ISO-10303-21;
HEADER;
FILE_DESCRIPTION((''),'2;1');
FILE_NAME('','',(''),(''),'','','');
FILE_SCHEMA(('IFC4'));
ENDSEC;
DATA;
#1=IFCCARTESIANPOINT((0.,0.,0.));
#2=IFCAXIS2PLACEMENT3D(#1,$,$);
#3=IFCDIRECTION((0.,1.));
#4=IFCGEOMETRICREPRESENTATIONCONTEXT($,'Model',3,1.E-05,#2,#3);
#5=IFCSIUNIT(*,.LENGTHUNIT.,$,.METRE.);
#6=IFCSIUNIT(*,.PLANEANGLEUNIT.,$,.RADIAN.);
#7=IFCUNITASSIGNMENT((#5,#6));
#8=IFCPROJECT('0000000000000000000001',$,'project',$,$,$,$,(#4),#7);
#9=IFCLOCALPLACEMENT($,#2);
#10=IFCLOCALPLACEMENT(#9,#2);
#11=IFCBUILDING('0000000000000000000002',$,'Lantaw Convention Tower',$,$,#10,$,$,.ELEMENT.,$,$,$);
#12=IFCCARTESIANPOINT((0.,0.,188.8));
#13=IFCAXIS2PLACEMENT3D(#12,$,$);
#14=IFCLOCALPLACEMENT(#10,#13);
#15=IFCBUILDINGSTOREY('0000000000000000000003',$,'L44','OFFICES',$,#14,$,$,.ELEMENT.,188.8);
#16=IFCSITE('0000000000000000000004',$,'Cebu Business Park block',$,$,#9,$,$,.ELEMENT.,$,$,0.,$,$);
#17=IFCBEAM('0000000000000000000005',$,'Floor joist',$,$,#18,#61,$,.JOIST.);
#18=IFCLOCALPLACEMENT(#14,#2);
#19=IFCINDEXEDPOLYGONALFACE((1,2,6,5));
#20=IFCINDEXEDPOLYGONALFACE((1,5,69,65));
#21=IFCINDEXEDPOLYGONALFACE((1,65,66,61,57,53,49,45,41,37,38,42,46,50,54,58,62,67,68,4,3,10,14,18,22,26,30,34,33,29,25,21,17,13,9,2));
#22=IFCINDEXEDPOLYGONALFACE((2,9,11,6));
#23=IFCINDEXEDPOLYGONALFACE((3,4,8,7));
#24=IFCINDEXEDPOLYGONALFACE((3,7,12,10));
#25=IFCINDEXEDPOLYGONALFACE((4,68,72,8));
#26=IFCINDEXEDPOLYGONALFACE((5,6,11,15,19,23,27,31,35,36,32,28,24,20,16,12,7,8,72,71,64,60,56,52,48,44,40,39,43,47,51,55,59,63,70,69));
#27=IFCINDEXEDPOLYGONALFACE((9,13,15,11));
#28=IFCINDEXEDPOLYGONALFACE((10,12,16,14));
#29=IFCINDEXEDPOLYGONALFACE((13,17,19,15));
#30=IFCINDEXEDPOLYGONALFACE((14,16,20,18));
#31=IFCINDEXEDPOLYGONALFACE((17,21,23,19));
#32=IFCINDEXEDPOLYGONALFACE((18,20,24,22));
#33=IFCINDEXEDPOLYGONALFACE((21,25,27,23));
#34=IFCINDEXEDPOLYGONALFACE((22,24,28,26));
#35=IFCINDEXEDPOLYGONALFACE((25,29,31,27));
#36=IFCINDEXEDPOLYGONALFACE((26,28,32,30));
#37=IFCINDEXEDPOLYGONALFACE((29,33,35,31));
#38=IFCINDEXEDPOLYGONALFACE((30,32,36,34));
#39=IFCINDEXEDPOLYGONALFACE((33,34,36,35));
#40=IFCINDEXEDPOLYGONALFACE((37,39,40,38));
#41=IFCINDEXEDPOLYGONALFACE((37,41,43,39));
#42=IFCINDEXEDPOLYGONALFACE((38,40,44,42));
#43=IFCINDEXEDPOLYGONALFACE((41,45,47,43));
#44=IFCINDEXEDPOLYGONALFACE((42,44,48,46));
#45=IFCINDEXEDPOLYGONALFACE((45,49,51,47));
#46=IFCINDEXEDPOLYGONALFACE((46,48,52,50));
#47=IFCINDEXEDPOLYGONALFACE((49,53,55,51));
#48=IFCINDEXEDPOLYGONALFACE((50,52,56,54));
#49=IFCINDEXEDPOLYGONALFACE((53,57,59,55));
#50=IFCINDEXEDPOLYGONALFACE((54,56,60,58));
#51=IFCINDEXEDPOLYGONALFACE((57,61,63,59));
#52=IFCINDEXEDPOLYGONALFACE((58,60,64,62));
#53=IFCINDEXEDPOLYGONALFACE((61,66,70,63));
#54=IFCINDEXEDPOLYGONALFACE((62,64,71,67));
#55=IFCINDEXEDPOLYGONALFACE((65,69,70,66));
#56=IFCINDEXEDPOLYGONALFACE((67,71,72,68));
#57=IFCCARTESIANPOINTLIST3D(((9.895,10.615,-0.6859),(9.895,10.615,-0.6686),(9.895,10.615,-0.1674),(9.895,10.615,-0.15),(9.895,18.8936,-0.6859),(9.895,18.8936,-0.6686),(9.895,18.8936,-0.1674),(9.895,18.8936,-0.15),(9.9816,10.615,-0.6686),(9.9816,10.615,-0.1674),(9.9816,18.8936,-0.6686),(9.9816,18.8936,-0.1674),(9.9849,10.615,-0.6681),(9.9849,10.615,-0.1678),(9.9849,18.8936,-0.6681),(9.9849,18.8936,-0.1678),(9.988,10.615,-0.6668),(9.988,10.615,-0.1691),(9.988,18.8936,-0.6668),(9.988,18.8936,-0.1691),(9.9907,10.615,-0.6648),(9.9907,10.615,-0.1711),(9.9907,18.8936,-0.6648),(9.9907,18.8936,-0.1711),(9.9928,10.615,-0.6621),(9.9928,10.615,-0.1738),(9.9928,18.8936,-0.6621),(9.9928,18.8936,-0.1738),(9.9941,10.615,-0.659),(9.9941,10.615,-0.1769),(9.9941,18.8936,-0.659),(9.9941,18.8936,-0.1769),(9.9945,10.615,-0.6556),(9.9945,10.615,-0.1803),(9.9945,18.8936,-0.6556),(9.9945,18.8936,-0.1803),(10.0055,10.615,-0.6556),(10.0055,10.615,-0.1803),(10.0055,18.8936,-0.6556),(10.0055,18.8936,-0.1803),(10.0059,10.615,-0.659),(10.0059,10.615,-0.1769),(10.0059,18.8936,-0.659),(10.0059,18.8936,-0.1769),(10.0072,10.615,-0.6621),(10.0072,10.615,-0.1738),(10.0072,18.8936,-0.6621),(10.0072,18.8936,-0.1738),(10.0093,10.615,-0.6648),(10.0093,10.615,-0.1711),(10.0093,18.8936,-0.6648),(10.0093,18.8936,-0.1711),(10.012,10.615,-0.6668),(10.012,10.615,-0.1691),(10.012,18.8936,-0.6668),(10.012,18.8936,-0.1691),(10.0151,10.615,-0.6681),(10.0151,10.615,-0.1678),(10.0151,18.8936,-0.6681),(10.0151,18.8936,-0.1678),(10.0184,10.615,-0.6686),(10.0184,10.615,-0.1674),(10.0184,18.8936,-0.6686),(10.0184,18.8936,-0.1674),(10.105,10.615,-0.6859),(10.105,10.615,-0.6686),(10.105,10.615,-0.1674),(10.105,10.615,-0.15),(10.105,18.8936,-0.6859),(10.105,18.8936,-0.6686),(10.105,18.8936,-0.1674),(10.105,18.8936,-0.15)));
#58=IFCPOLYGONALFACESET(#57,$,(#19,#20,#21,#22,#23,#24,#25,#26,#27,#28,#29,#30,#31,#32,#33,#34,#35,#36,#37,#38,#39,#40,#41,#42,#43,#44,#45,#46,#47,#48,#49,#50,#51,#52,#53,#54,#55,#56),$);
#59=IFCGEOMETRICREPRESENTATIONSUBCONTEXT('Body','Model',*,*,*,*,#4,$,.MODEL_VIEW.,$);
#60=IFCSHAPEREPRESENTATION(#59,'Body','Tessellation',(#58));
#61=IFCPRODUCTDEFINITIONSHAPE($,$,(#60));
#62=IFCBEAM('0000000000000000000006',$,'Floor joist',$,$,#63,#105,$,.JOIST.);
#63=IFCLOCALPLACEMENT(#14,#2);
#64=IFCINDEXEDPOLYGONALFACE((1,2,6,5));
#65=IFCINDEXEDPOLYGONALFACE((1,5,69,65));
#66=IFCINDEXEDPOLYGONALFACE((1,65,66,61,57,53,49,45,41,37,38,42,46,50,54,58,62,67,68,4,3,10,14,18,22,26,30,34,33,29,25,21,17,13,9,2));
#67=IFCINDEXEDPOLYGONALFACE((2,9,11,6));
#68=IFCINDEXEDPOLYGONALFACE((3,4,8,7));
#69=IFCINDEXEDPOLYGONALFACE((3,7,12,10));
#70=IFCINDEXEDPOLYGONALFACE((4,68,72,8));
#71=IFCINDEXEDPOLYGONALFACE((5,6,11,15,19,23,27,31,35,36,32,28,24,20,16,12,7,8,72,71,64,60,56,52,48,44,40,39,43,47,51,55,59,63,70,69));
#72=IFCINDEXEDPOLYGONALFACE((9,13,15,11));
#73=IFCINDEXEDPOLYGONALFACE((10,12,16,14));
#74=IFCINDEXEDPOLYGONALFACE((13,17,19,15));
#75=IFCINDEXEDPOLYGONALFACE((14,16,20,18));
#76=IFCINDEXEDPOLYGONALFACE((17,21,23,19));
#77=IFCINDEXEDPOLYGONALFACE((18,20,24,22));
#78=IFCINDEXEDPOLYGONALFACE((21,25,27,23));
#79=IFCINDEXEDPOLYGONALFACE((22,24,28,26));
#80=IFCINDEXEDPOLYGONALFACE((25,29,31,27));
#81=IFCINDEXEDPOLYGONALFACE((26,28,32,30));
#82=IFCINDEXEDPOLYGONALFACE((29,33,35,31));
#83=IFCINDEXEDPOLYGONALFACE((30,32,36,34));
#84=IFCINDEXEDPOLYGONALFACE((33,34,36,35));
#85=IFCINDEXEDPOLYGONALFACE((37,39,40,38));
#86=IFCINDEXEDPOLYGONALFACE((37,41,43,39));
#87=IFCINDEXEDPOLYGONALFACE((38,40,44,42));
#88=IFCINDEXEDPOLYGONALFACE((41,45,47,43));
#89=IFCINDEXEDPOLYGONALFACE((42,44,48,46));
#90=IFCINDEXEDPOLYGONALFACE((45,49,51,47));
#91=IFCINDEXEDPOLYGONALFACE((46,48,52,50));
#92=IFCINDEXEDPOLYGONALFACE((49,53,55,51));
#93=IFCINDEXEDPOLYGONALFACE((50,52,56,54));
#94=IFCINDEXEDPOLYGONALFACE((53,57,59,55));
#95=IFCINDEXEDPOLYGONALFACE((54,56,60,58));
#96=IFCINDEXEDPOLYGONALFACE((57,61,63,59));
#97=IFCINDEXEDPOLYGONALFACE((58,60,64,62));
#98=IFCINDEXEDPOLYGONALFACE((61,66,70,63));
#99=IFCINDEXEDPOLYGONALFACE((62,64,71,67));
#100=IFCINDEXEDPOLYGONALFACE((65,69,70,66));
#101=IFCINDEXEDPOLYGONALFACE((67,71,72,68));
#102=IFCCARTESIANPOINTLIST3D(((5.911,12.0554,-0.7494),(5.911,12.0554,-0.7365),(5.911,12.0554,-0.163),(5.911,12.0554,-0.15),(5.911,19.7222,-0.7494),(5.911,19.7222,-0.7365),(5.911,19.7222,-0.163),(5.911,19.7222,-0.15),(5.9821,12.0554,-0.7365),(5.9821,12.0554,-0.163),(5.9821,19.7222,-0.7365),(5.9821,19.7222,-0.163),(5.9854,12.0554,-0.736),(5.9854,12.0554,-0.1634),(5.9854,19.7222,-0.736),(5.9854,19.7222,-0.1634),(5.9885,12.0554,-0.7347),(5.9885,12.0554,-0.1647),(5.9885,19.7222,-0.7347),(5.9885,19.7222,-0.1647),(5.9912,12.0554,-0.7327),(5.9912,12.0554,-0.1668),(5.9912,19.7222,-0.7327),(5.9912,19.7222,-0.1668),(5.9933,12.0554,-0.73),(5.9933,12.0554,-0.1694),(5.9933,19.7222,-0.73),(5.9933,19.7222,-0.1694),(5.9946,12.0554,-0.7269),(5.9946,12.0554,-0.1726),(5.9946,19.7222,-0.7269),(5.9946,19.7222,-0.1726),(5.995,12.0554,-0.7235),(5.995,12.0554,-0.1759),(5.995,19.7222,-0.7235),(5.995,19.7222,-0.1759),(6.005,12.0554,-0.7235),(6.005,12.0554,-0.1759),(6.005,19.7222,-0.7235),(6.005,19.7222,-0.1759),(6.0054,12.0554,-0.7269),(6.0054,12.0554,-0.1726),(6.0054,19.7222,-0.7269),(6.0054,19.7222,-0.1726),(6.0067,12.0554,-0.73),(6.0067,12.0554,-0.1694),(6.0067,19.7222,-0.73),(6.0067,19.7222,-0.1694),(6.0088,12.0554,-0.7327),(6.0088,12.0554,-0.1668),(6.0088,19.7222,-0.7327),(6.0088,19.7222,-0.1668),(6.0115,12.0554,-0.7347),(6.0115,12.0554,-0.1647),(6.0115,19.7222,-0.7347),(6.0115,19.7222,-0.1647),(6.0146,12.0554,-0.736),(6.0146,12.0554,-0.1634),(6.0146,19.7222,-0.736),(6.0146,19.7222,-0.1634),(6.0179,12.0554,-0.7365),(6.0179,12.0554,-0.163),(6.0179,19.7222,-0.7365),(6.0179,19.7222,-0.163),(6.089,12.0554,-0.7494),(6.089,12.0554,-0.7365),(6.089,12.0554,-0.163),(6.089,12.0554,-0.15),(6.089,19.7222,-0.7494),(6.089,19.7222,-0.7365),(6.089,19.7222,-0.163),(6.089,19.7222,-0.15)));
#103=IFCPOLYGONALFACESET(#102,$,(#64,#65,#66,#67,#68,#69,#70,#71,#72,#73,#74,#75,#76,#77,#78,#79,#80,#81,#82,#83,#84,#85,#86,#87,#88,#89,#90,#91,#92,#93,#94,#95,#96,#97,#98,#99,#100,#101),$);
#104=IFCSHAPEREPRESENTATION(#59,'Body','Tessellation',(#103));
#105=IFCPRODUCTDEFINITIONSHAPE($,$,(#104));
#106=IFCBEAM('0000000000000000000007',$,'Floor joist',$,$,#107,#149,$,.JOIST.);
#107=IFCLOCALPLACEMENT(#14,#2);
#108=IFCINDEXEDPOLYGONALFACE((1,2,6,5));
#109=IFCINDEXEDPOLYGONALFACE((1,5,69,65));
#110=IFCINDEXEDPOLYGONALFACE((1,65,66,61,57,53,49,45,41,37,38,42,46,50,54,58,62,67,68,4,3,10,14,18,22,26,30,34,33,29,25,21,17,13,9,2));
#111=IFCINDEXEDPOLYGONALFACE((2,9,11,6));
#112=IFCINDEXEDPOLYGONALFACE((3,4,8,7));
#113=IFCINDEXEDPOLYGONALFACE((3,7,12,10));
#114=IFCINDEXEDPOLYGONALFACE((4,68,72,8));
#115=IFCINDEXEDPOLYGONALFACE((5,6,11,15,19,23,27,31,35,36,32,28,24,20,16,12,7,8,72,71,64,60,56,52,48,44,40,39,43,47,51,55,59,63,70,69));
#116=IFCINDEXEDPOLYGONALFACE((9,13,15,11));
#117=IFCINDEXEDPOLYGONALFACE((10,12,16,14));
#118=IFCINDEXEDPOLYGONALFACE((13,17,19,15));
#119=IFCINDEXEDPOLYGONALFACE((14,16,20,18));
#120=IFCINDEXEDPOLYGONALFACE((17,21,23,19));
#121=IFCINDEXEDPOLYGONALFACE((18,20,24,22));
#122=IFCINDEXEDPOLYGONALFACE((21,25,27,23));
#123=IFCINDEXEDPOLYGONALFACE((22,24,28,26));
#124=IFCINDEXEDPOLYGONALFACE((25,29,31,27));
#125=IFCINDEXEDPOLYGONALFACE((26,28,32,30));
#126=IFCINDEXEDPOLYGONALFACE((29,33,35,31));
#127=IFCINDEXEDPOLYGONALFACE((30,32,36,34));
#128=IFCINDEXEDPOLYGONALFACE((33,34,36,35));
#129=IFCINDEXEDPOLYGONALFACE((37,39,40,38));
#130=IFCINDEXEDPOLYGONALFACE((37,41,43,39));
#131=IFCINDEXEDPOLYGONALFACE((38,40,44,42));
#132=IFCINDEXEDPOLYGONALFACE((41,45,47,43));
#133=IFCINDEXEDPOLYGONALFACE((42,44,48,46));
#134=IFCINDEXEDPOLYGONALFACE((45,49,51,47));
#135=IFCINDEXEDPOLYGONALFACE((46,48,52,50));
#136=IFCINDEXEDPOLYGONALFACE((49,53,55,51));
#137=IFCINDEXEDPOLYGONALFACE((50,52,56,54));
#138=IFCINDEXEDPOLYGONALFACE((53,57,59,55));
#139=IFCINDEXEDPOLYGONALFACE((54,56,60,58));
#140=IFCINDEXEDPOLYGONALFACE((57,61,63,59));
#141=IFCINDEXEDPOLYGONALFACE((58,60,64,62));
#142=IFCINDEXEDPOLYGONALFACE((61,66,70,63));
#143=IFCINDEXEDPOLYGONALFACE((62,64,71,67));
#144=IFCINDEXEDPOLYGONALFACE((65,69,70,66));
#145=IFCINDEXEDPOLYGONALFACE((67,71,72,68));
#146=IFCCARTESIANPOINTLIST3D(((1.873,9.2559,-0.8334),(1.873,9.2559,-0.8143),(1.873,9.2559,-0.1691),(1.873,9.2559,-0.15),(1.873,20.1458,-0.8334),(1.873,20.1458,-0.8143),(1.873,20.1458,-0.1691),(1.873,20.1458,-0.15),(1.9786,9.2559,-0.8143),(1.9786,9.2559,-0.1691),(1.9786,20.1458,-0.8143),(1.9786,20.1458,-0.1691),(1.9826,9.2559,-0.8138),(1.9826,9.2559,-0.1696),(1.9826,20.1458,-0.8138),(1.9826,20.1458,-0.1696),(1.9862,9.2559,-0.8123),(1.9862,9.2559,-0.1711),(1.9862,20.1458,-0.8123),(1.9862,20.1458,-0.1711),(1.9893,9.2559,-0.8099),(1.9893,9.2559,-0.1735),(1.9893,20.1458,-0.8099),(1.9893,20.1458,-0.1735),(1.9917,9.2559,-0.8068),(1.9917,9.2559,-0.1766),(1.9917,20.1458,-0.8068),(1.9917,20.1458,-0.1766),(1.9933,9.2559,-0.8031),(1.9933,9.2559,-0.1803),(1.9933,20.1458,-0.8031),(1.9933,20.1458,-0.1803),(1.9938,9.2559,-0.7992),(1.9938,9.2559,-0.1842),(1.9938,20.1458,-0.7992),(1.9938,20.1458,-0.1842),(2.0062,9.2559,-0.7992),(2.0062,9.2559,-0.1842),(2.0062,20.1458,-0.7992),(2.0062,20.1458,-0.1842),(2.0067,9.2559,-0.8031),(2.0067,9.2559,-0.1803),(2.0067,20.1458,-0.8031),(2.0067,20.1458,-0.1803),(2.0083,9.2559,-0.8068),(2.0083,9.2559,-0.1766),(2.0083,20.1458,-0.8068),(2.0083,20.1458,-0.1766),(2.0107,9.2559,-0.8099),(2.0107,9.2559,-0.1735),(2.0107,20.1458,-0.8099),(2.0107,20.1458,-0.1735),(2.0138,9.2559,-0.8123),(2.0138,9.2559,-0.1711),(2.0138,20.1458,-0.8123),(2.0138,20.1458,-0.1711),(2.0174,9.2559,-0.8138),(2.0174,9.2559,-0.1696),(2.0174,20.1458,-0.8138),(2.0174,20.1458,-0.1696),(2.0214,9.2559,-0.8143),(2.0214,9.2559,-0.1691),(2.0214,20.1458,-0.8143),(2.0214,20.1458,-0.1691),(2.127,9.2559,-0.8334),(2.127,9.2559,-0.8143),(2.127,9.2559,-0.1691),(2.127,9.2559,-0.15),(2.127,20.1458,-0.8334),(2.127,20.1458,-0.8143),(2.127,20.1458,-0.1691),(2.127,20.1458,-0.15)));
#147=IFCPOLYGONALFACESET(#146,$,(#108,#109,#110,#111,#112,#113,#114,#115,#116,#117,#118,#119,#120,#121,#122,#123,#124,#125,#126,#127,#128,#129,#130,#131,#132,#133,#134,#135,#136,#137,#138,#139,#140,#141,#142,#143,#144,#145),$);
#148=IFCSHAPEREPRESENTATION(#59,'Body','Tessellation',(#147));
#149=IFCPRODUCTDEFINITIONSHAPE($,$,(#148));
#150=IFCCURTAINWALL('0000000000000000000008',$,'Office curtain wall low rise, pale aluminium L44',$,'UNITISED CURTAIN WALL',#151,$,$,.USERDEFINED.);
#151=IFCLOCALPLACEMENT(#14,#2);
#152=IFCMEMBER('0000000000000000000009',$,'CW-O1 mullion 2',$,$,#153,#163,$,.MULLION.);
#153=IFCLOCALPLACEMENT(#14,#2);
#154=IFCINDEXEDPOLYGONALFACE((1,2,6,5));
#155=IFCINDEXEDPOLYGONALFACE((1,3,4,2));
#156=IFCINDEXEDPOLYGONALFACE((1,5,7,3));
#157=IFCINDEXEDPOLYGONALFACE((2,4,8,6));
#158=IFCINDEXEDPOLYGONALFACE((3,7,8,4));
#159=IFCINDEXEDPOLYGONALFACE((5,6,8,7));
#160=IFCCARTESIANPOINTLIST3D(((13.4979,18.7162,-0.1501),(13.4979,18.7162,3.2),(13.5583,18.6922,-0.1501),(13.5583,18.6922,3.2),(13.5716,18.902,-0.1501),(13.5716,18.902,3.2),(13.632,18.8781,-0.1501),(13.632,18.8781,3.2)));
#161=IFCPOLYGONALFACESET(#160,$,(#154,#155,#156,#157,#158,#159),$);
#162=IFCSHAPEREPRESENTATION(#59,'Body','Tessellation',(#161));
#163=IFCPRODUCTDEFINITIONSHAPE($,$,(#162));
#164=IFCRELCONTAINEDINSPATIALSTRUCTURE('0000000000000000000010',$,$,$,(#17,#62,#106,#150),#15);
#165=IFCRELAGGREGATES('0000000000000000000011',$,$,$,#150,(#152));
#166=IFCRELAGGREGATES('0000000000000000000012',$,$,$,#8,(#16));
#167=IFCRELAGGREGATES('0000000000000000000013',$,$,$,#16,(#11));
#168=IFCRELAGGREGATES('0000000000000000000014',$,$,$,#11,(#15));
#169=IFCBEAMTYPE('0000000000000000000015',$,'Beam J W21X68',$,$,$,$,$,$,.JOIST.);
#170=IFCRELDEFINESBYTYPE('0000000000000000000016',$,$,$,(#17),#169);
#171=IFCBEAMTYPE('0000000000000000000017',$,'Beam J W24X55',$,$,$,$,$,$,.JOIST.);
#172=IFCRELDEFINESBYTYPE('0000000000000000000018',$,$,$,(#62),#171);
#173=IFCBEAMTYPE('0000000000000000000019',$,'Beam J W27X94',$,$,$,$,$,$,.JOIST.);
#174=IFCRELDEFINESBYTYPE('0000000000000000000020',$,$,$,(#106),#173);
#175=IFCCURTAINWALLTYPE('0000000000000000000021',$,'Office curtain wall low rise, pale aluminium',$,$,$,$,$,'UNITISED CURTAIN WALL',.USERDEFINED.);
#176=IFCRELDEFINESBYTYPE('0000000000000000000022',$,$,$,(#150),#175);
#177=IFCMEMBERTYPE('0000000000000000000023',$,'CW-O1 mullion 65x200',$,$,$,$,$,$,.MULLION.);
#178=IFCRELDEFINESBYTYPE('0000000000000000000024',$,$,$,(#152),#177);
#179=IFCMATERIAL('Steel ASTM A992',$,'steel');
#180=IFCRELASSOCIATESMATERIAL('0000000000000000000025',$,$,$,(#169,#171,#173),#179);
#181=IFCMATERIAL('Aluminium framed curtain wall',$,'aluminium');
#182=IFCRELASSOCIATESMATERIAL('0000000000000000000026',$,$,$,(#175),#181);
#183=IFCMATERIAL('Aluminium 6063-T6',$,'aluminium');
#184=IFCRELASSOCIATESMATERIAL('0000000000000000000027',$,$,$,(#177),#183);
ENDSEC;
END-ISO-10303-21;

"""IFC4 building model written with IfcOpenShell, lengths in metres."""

from ifc_helpers import new_model, si_unit, direction, frame, origin, origin_2d, place, context, subcontext, project, spatial, rectangle, i_section, extrude, material, material_profile, profile_set, type_object, element, aggregate, save


model = new_model("IFC4")

# Units and contexts
model_context = context("Model", 3, precision=1e-05, world=origin(), true_north=direction((0.0, 1.0)))
body_context = subcontext(model_context, "Body", "Model", "MODEL_VIEW")
ifc_project = project(units=[si_unit("LENGTHUNIT", "METRE"), si_unit("PLANEANGLEUNIT", "RADIAN")], contexts=[model_context])

# Site, building, storey
site_placement = place(None, origin())
site = spatial("IfcSite", under=ifc_project, at=site_placement, Name="Cebu Business Park block", CompositionType="ELEMENT", RefElevation=0.0)
building_placement = place(site_placement, origin())
building = spatial("IfcBuilding", under=site, at=building_placement, Name="Lantaw Convention Tower", CompositionType="ELEMENT")
storey_placement = place(building_placement, frame((0.0, 0.0, 188.8)))
storey = spatial("IfcBuildingStorey", under=building, at=storey_placement, Name="L44", Description="OFFICES", CompositionType="ELEMENT", Elevation=188.8)

# Beams
ifc_material_1 = material(Name="Steel ASTM A992", Category="steel")
ifc_material_profile_1 = material_profile(ifc_material_1, i_section(OverallWidth=0.21, OverallDepth=0.5359, WebThickness=0.011, FlangeThickness=0.0173, FilletRadius=0.0129, at=origin_2d()), Name="W21X68")
ifc_profile_set_1 = profile_set([ifc_material_profile_1], Name="Steel ASTM A992")
beam_type_1 = type_object("IfcBeamType", Name="Beam J W21X68", PredefinedType="JOIST", material=ifc_profile_set_1)
beam_1_placement = place(storey_placement, frame((10.0, 10.615, -0.418), z_axis=(0.0, 1.0, 0.0), x_axis=(-1.0, 0.0, 0.0)))
element("IfcBeam", 1, at=beam_1_placement, inside=storey, type_object=beam_type_1, Name="Floor joist", PredefinedType="JOIST", context=body_context, shape_type="SweptSolid", body=[
    extrude(i_section(OverallWidth=0.21, OverallDepth=0.5359, WebThickness=0.011, FlangeThickness=0.0173, FilletRadius=0.0129, at=origin_2d()), origin(), (0.0, 0.0, 1.0), 8.2786),
])
ifc_material_profile_2 = material_profile(ifc_material_1, i_section(OverallWidth=0.178, OverallDepth=0.5994, WebThickness=0.01, FlangeThickness=0.0129, FilletRadius=0.0129, at=origin_2d()), Name="W24X55")
ifc_profile_set_2 = profile_set([ifc_material_profile_2], Name="Steel ASTM A992")
beam_type_2 = type_object("IfcBeamType", Name="Beam J W24X55", PredefinedType="JOIST", material=ifc_profile_set_2)
beam_2_placement = place(storey_placement, frame((6.0, 12.0554, -0.4497), z_axis=(0.0, 1.0, 0.0), x_axis=(-1.0, 0.0, 0.0)))
element("IfcBeam", 2, at=beam_2_placement, inside=storey, type_object=beam_type_2, Name="Floor joist", PredefinedType="JOIST", context=body_context, shape_type="SweptSolid", body=[
    extrude(i_section(OverallWidth=0.178, OverallDepth=0.5994, WebThickness=0.01, FlangeThickness=0.0129, FilletRadius=0.0129, at=origin_2d()), origin(), (0.0, 0.0, 1.0), 7.6667),
])
ifc_material_profile_3 = material_profile(ifc_material_1, i_section(OverallWidth=0.2539, OverallDepth=0.6833, WebThickness=0.0125, FlangeThickness=0.019, FilletRadius=0.0151, at=origin_2d()), Name="W27X94")
ifc_profile_set_3 = profile_set([ifc_material_profile_3], Name="Steel ASTM A992")
beam_type_3 = type_object("IfcBeamType", Name="Beam J W27X94", PredefinedType="JOIST", material=ifc_profile_set_3)
beam_3_placement = place(storey_placement, frame((2.0, 9.2559, -0.4917), z_axis=(0.0, 1.0, 0.0), x_axis=(-1.0, 0.0, 0.0)))
element("IfcBeam", 3, at=beam_3_placement, inside=storey, type_object=beam_type_3, Name="Floor joist", PredefinedType="JOIST", context=body_context, shape_type="SweptSolid", body=[
    extrude(i_section(OverallWidth=0.2539, OverallDepth=0.6833, WebThickness=0.0125, FlangeThickness=0.019, FilletRadius=0.0151, at=origin_2d()), origin(), (0.0, 0.0, 1.0), 10.8899),
])

# Curtain wall, member
ifc_material_2 = material(Name="Aluminium framed curtain wall", Category="aluminium")
curtain_wall_type = type_object("IfcCurtainWallType", Name="Office curtain wall low rise, pale aluminium", ElementType="UNITISED CURTAIN WALL", PredefinedType="USERDEFINED", material=ifc_material_2)
curtain_wall_placement = place(storey_placement, origin())
curtain_wall = element("IfcCurtainWall", 4, at=curtain_wall_placement, inside=storey, type_object=curtain_wall_type, Name="Office curtain wall low rise, pale aluminium L44", ObjectType="UNITISED CURTAIN WALL", PredefinedType="USERDEFINED")
ifc_material_3 = material(Name="Aluminium 6063-T6", Category="aluminium")
ifc_material_profile_4 = material_profile(ifc_material_3, rectangle(XDim=0.2, YDim=0.0649, at=origin_2d()), Name="CW-O1 mullion 65x200")
ifc_profile_set_4 = profile_set([ifc_material_profile_4], Name="Aluminium 6063-T6")
member_type = type_object("IfcMemberType", Name="CW-O1 mullion 65x200", PredefinedType="MULLION", material=ifc_profile_set_4)
member_placement = place(storey_placement, frame((13.5649, 18.7971, -0.1501), z_axis=(0.0, 0.0, 1.0), x_axis=(-0.368702, -0.929548, 0.0)))
member = element("IfcMember", 5, at=member_placement, type_object=member_type, Name="CW-O1 mullion 2", PredefinedType="MULLION", context=body_context, shape_type="SweptSolid", body=[
    extrude(rectangle(XDim=0.2, YDim=0.0649, at=origin_2d()), origin(), (0.0, 0.0, 1.0), 3.3501),
])
aggregate(curtain_wall, [member])

save(model, "model.ifc")
